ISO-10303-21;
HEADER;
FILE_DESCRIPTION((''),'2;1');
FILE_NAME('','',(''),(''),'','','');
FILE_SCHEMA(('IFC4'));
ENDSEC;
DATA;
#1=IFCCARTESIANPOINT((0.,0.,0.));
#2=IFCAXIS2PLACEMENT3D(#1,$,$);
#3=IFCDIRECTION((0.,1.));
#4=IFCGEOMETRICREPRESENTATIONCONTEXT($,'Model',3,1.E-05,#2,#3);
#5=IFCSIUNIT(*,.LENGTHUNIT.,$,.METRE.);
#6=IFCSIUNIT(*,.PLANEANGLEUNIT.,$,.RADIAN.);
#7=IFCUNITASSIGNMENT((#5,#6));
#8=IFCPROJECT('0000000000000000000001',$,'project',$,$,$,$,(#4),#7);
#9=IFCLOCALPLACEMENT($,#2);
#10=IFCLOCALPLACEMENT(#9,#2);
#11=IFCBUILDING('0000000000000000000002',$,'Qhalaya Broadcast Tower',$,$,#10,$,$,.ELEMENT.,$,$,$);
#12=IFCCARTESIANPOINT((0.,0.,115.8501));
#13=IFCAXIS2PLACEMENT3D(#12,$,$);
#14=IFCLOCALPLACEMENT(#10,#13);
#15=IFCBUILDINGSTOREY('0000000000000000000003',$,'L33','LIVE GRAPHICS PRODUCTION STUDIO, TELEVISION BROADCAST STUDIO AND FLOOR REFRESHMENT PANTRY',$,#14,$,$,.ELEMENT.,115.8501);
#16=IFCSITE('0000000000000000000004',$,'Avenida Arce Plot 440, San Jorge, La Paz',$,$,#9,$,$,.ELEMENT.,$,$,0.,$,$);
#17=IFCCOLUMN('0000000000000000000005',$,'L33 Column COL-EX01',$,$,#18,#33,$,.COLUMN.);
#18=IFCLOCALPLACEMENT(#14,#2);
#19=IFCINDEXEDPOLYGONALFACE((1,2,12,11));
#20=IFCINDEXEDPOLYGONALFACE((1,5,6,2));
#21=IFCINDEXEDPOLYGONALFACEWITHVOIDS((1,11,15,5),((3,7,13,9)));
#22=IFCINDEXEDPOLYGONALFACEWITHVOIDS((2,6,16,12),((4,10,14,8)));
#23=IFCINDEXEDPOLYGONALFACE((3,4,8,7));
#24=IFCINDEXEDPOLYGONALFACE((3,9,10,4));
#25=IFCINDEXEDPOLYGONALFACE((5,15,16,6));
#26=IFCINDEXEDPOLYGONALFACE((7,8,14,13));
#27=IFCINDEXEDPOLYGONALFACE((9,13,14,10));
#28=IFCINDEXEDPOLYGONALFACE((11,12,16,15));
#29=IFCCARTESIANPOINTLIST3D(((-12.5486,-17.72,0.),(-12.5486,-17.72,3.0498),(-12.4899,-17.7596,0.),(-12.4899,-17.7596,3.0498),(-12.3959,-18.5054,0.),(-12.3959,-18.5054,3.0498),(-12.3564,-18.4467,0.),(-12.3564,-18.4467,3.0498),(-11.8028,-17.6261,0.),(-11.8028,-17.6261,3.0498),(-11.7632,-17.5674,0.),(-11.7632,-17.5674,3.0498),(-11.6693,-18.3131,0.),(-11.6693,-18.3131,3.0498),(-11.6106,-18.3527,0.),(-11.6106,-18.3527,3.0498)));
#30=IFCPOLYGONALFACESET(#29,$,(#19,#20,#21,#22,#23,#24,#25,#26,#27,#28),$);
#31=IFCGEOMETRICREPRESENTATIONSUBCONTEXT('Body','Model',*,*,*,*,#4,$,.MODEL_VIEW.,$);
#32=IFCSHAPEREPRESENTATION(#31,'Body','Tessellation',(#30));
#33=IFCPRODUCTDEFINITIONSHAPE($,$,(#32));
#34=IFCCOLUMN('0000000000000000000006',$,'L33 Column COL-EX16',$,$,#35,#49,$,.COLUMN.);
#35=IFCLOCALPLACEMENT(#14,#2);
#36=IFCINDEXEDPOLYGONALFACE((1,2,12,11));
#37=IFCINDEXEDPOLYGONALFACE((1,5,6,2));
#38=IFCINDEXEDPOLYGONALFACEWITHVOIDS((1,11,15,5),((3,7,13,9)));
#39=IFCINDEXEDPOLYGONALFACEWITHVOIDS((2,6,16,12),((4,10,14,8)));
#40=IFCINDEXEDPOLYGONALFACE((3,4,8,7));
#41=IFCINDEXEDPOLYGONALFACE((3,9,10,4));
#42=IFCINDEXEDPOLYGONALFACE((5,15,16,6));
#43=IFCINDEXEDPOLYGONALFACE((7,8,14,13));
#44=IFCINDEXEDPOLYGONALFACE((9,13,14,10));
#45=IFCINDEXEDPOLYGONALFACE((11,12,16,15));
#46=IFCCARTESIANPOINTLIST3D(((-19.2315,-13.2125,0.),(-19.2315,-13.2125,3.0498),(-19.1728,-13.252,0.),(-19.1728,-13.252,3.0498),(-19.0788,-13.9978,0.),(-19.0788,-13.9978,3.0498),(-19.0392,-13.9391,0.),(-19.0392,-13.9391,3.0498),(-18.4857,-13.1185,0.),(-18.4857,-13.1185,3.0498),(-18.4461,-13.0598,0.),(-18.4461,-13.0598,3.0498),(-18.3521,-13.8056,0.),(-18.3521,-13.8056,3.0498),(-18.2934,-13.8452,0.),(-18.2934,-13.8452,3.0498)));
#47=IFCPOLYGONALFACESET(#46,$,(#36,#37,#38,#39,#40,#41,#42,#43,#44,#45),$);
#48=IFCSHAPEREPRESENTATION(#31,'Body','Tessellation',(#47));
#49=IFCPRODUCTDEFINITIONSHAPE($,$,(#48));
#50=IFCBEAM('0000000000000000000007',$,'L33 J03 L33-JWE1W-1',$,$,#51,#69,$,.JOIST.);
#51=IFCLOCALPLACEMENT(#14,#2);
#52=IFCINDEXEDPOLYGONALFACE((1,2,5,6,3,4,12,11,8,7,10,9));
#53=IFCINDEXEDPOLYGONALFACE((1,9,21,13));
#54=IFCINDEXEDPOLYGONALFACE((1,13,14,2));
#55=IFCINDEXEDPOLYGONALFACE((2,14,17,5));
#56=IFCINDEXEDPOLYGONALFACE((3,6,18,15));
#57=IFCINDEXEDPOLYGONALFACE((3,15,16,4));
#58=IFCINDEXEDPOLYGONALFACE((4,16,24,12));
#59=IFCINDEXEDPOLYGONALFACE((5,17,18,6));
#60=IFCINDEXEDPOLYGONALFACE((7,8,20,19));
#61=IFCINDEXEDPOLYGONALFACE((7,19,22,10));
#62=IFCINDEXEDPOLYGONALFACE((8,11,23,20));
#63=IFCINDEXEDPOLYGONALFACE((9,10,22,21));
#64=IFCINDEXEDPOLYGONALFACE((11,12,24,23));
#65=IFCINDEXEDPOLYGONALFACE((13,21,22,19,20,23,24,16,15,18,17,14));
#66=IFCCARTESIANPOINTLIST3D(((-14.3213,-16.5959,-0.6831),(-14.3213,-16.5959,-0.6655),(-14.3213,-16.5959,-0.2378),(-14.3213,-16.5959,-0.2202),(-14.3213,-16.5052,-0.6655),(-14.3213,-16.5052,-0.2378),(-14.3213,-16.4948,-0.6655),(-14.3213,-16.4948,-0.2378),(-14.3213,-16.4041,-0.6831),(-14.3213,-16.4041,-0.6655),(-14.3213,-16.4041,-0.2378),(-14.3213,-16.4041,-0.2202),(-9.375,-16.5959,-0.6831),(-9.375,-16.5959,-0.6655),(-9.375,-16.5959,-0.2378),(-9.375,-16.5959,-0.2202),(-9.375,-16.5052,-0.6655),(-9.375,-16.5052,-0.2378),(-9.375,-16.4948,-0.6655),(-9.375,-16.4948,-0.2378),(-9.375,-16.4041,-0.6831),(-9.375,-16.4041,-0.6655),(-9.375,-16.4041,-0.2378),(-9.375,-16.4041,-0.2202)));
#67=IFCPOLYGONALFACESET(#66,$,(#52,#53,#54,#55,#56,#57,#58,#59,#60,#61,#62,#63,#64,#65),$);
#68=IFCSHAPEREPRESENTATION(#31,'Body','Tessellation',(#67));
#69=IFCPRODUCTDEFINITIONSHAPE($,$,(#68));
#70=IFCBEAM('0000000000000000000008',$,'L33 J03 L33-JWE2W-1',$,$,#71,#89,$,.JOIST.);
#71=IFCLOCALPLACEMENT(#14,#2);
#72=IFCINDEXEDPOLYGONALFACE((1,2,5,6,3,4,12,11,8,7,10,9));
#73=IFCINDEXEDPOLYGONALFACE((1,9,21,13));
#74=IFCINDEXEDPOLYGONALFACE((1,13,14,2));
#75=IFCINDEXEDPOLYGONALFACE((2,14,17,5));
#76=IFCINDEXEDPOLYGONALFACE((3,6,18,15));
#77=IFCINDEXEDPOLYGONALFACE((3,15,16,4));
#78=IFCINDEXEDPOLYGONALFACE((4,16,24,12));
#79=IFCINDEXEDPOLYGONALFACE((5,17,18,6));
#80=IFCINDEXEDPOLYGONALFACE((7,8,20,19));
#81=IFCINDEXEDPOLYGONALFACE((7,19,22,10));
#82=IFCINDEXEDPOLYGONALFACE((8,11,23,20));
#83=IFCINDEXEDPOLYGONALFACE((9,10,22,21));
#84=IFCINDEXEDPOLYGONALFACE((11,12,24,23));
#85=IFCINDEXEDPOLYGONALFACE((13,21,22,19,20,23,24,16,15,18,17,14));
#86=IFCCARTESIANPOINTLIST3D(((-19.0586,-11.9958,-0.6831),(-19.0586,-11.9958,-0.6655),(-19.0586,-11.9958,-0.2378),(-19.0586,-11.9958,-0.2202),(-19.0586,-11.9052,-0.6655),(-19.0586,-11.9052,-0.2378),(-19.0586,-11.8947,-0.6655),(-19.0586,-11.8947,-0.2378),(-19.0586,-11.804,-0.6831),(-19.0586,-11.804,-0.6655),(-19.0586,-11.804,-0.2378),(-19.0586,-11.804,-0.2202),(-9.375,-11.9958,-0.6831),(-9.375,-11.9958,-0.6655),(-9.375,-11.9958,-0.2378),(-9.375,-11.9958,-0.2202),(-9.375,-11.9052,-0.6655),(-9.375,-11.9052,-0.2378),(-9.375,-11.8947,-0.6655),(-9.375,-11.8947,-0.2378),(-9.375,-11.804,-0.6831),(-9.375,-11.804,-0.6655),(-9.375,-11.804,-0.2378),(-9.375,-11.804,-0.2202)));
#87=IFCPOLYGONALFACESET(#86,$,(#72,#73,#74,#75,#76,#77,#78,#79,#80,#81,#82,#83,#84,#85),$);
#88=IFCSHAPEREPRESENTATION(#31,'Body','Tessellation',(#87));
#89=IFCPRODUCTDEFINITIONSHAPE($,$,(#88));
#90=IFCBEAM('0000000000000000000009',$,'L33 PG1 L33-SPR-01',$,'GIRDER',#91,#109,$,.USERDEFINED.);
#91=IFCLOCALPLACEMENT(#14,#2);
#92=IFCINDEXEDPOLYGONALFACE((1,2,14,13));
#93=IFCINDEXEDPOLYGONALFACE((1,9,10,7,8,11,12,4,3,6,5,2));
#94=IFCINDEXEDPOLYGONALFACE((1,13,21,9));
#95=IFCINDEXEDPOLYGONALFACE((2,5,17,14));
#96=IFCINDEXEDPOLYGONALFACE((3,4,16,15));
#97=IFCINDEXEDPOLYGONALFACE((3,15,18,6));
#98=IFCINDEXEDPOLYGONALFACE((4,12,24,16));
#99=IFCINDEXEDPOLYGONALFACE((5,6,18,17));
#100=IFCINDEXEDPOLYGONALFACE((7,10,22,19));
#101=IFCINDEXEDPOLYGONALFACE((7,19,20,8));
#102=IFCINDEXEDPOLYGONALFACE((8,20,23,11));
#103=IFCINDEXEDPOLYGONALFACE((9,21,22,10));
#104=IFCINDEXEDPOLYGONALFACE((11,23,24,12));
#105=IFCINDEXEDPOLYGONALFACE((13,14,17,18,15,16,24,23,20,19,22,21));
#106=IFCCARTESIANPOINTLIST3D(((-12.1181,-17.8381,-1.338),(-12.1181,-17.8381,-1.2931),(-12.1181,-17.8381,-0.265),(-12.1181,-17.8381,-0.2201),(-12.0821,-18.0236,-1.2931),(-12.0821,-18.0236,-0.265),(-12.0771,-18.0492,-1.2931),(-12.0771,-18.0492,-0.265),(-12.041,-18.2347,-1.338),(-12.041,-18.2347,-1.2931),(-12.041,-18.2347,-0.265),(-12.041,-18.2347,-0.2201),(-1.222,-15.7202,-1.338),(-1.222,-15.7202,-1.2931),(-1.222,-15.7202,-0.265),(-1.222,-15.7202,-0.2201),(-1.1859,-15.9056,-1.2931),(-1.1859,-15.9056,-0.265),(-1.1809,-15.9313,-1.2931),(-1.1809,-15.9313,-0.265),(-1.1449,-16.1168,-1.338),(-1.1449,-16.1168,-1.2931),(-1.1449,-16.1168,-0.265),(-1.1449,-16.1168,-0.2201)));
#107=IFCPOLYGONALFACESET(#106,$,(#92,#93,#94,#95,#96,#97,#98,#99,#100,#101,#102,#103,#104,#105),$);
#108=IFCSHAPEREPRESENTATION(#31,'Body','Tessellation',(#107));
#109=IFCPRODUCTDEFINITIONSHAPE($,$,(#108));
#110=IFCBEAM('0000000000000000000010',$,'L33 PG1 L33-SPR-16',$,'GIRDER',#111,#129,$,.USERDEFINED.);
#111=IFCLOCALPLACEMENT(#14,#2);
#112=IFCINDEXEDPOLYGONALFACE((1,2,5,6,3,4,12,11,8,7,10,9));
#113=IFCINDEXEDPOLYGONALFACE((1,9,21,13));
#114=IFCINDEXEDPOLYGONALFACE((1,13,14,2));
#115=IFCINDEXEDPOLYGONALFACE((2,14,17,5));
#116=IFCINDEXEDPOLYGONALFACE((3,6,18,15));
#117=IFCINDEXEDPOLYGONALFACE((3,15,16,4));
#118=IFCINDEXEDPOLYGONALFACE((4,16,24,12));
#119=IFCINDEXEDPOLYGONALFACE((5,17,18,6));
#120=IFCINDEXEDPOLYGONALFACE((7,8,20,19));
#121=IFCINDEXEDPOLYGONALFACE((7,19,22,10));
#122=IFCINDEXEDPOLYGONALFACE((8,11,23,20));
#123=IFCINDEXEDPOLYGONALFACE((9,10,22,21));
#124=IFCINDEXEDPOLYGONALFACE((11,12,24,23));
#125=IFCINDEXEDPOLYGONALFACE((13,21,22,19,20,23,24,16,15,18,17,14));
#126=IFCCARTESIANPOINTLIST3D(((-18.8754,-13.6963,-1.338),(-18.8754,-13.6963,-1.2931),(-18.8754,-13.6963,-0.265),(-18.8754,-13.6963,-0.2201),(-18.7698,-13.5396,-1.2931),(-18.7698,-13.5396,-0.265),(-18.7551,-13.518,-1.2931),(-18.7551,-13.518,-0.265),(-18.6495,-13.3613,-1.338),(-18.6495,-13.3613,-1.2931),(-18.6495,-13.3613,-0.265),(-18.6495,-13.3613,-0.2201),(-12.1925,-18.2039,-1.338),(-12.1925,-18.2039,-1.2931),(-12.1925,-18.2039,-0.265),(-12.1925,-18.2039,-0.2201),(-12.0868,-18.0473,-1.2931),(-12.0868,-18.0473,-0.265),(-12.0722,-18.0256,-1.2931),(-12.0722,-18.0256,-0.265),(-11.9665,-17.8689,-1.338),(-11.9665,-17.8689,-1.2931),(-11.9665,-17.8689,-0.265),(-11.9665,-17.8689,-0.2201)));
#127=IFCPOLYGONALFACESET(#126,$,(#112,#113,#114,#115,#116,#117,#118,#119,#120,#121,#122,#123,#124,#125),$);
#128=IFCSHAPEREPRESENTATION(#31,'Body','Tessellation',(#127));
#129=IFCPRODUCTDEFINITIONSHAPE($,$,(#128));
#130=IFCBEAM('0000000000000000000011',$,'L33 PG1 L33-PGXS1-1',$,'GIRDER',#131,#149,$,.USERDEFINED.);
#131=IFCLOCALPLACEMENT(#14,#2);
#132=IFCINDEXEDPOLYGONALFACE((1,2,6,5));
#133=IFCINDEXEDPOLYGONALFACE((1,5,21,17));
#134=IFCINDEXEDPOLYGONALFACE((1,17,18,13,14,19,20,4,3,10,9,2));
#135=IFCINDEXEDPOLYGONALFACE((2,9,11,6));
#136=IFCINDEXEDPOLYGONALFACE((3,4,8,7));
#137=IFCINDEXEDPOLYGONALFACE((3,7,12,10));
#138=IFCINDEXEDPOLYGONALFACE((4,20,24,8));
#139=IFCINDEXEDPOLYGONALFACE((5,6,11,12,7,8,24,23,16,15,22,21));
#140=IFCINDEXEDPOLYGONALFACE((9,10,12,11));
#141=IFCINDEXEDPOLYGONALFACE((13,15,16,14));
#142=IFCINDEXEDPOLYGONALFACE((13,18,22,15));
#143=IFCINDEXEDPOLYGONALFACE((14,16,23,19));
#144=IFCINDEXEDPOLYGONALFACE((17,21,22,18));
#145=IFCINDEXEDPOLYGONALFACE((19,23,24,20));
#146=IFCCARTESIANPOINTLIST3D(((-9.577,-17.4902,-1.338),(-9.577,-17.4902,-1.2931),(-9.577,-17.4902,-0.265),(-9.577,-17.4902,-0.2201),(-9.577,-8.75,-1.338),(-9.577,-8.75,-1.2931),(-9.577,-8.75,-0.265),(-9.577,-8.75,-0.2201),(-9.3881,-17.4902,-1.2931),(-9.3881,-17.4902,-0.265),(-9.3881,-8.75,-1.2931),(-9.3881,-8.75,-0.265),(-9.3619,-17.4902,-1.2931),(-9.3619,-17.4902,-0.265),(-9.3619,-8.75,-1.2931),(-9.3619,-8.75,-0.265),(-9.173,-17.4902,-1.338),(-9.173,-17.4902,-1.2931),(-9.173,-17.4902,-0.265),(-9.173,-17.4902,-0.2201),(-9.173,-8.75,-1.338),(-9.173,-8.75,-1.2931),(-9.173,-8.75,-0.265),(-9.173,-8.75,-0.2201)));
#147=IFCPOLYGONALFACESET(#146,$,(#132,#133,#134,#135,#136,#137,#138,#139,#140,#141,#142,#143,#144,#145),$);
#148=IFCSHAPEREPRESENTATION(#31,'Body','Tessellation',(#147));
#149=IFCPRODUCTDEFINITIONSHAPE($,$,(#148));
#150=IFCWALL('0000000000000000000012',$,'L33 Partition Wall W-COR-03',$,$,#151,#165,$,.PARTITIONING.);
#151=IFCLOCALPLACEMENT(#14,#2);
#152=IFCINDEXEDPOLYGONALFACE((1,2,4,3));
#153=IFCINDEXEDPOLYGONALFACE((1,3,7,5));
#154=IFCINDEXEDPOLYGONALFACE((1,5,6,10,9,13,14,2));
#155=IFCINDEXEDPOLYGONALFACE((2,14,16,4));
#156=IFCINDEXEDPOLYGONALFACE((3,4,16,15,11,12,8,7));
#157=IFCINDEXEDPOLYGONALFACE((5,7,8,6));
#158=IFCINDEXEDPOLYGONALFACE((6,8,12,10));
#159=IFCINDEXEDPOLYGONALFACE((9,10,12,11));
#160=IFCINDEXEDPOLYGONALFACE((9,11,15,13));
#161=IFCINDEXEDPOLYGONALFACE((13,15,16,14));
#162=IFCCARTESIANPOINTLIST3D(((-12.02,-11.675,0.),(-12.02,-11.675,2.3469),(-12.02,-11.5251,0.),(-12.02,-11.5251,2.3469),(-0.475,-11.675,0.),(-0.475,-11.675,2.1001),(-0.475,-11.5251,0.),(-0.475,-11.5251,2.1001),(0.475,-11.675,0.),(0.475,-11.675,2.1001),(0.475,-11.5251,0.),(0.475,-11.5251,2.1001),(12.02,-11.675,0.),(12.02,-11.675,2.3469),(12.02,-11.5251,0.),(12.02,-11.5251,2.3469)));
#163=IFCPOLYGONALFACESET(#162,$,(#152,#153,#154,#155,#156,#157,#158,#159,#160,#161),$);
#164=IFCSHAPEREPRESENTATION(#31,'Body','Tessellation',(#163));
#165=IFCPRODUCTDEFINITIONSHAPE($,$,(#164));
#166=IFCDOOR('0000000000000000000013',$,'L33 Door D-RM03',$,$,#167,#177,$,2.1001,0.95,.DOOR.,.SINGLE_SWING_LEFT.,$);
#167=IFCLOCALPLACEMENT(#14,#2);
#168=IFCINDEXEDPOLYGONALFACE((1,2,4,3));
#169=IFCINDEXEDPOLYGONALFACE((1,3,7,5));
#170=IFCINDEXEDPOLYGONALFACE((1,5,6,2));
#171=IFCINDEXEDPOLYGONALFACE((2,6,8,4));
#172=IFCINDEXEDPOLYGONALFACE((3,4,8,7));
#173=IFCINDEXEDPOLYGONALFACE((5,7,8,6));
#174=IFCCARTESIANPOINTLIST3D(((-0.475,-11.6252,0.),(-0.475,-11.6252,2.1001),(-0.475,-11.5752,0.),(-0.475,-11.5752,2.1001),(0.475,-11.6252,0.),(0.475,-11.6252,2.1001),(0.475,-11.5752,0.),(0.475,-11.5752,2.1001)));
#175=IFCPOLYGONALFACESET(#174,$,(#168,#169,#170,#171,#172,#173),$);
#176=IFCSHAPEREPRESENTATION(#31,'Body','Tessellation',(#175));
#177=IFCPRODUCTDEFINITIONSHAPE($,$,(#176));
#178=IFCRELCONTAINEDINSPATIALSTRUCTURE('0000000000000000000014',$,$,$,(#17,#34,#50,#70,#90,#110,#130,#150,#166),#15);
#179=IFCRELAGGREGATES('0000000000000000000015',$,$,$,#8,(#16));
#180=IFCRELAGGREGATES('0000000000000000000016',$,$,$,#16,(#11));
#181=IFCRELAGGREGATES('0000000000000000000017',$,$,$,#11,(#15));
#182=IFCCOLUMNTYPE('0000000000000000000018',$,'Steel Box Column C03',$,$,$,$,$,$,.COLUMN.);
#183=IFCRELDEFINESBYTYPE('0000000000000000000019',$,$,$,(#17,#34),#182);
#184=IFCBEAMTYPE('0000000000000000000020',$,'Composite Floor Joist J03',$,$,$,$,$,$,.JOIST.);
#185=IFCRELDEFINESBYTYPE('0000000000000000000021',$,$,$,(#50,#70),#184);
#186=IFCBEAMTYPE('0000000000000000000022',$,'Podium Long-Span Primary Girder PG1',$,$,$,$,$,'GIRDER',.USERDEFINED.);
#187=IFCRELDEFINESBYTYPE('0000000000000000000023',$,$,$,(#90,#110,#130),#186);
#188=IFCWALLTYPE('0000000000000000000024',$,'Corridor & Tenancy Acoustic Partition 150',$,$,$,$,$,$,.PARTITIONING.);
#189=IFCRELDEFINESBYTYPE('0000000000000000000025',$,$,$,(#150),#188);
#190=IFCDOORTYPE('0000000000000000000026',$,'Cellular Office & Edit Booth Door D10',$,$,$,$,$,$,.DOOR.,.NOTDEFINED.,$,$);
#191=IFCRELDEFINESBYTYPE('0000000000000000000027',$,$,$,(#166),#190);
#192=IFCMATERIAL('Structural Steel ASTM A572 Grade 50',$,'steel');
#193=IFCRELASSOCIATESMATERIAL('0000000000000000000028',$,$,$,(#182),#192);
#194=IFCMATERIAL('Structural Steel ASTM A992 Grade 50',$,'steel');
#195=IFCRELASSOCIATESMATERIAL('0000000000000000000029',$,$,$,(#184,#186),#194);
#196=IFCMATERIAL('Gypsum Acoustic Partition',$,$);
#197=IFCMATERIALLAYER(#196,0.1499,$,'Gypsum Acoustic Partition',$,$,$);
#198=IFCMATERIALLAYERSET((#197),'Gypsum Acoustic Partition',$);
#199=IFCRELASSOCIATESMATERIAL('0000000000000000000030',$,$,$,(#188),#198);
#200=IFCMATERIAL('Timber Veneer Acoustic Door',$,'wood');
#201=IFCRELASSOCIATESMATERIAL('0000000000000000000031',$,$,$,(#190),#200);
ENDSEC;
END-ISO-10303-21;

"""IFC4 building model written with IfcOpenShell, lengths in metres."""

from ifc_helpers import new_model, si_unit, direction, frame, frame_2d, origin, origin_2d, place, context, subcontext, project, spatial, rectangle, hollow_rectangle, i_section, extrude, material, layer, layer_set, material_profile, profile_set, type_object, element, fill, save


model = new_model("IFC4")

# Units and contexts
model_context = context("Model", 3, precision=1e-05, world=origin(), true_north=direction((0.0, 1.0)))
body_context = subcontext(model_context, "Body", "Model", "MODEL_VIEW")
ifc_project = project(units=[si_unit("LENGTHUNIT", "METRE"), si_unit("PLANEANGLEUNIT", "RADIAN")], contexts=[model_context])

# Site, building, storey
site_placement = place(None, origin())
site = spatial("IfcSite", under=ifc_project, at=site_placement, Name="Avenida Arce Plot 440, San Jorge, La Paz", CompositionType="ELEMENT", RefElevation=0.0)
building_placement = place(site_placement, origin())
building = spatial("IfcBuilding", under=site, at=building_placement, Name="Qhalaya Broadcast Tower", CompositionType="ELEMENT")
storey_placement = place(building_placement, frame((0.0, 0.0, 115.8501)))
storey = spatial("IfcBuildingStorey", under=building, at=storey_placement, Name="L33", Description="LIVE GRAPHICS PRODUCTION STUDIO, TELEVISION BROADCAST STUDIO AND FLOOR REFRESHMENT PANTRY", CompositionType="ELEMENT", Elevation=115.8501)

# Columns
ifc_material_1 = material(Name="Structural Steel ASTM A572 Grade 50", Category="steel")
ifc_material_profile_1 = material_profile(ifc_material_1, hollow_rectangle(XDim=0.8, YDim=0.8, WallThickness=0.05, at=origin_2d()), Name="BOX 800x800x50")
ifc_profile_set_1 = profile_set([ifc_material_profile_1], Name="Structural Steel ASTM A572 Grade 50")
column_type = type_object("IfcColumnType", Name="Steel Box Column C03", PredefinedType="COLUMN", material=ifc_profile_set_1)
for number, where, z_axis, x_axis, name in (
    (1, (-12.0796, -18.0364, 0.0), (0.0, 0.0, 1.0), (0.981627, 0.190809, 0.0), "L33 Column COL-EX01"),
    (2, (-18.7625, -13.5288, 0.0), (0.0, 0.0, 1.0), (-0.190809, 0.981627, 0.0), "L33 Column COL-EX16"),
):
    element("IfcColumn", number, at=place(storey_placement, frame(where, z_axis=z_axis, x_axis=x_axis)), inside=storey, type_object=column_type, Name=name, PredefinedType="COLUMN", context=body_context, shape_type="SweptSolid", body=[
        extrude(hollow_rectangle(XDim=0.8, YDim=0.8, WallThickness=0.05, at=origin_2d()), origin(), (0.0, 0.0, 1.0), 3.0498),
    ])

# Beams
ifc_material_2 = material(Name="Structural Steel ASTM A992 Grade 50", Category="steel")
ifc_material_profile_2 = material_profile(ifc_material_2, i_section(OverallWidth=0.1919, OverallDepth=0.4629, WebThickness=0.0105, FlangeThickness=0.0176, at=origin_2d()), Name="W18X60")
ifc_profile_set_2 = profile_set([ifc_material_profile_2], Name="Structural Steel ASTM A992 Grade 50")
beam_type_1 = type_object("IfcBeamType", Name="Composite Floor Joist J03", PredefinedType="JOIST", material=ifc_profile_set_2)
beam_1_placement = place(storey_placement, frame((-14.3213, -16.5, -0.4517), z_axis=(1.0, 0.0, 0.0), x_axis=(0.0, 1.0, 0.0)))
element("IfcBeam", 3, at=beam_1_placement, inside=storey, type_object=beam_type_1, Name="L33 J03 L33-JWE1W-1", PredefinedType="JOIST", context=body_context, shape_type="SweptSolid", body=[
    extrude(i_section(OverallWidth=0.1919, OverallDepth=0.4629, WebThickness=0.0105, FlangeThickness=0.0176, at=origin_2d()), origin(), (0.0, 0.0, 1.0), 4.9463),
])
beam_2_placement = place(storey_placement, frame((-19.0586, -11.8999, -0.4517), z_axis=(1.0, 0.0, 0.0), x_axis=(0.0, 1.0, 0.0)))
element("IfcBeam", 4, at=beam_2_placement, inside=storey, type_object=beam_type_1, Name="L33 J03 L33-JWE2W-1", PredefinedType="JOIST", context=body_context, shape_type="SweptSolid", body=[
    extrude(i_section(OverallWidth=0.1919, OverallDepth=0.4629, WebThickness=0.0105, FlangeThickness=0.0176, at=origin_2d()), origin(), (0.0, 0.0, 1.0), 9.6836),
])
ifc_material_profile_3 = material_profile(ifc_material_2, i_section(OverallWidth=0.4041, OverallDepth=1.1179, WebThickness=0.0261, FlangeThickness=0.0449, at=origin_2d()), Name="W44X335")
ifc_profile_set_3 = profile_set([ifc_material_profile_3], Name="Structural Steel ASTM A992 Grade 50")
beam_type_2 = type_object("IfcBeamType", Name="Podium Long-Span Primary Girder PG1", ElementType="GIRDER", PredefinedType="USERDEFINED", material=ifc_profile_set_3)
beam_3_placement = place(storey_placement, frame((-12.0796, -18.0364, -0.7791), z_axis=(0.981629, 0.190801, 0.0), x_axis=(-0.190801, 0.981629, 0.0)))
element("IfcBeam", 5, at=beam_3_placement, inside=storey, type_object=beam_type_2, Name="L33 PG1 L33-SPR-01", ObjectType="GIRDER", PredefinedType="USERDEFINED", context=body_context, shape_type="SweptSolid", body=[
    extrude(i_section(OverallWidth=0.4041, OverallDepth=1.1179, WebThickness=0.0261, FlangeThickness=0.0449, at=origin_2d()), origin(), (0.0, 0.0, 1.0), 11.1001),
])
beam_4_placement = place(storey_placement, frame((-18.7625, -13.5288, -0.7791), z_axis=(0.829042, -0.559186, 0.0), x_axis=(0.559186, 0.829042, 0.0)))
element("IfcBeam", 6, at=beam_4_placement, inside=storey, type_object=beam_type_2, Name="L33 PG1 L33-SPR-16", ObjectType="GIRDER", PredefinedType="USERDEFINED", context=body_context, shape_type="SweptSolid", body=[
    extrude(i_section(OverallWidth=0.4041, OverallDepth=1.1179, WebThickness=0.0261, FlangeThickness=0.0449, at=origin_2d()), origin(), (0.0, 0.0, 1.0), 8.061),
])
beam_5_placement = place(storey_placement, frame((-9.375, -17.4902, -0.7791), z_axis=(0.0, 1.0, 0.0), x_axis=(-1.0, 0.0, 0.0)))
element("IfcBeam", 7, at=beam_5_placement, inside=storey, type_object=beam_type_2, Name="L33 PG1 L33-PGXS1-1", ObjectType="GIRDER", PredefinedType="USERDEFINED", context=body_context, shape_type="SweptSolid", body=[
    extrude(i_section(OverallWidth=0.4041, OverallDepth=1.1179, WebThickness=0.0261, FlangeThickness=0.0449, at=origin_2d()), origin(), (0.0, 0.0, 1.0), 8.7402),
])

# Wall, opening, door
ifc_material_3 = material(Name="Gypsum Acoustic Partition")
ifc_layer_1 = layer(ifc_material_3, 0.1499, Name="Gypsum Acoustic Partition")
ifc_layer_set_1 = layer_set([ifc_layer_1], Name="Gypsum Acoustic Partition")
wall_type_1 = type_object("IfcWallType", Name="Corridor & Tenancy Acoustic Partition 150", PredefinedType="PARTITIONING", material=ifc_layer_set_1)
wall_1_placement = place(storey_placement, frame((-12.02, -11.6001, 0.0), z_axis=(0.0, 0.0, 1.0), x_axis=(1.0, 0.0, 0.0)))
wall_1 = element("IfcWall", 8, at=wall_1_placement, inside=storey, type_object=wall_type_1, Name="L33 Partition Wall W-COR-03", PredefinedType="PARTITIONING", context=body_context, shape_type="SweptSolid", body=[
    extrude(rectangle(XDim=24.04, YDim=0.1499, at=frame_2d((12.02, 0.0))), origin(), (0.0, 0.0, 1.0), 2.3469),
])
opening_1_placement = place(wall_1_placement, frame((11.5449, 0.0, 0.0)))
opening_1 = element("IfcOpeningElement", 9, at=opening_1_placement, cuts=wall_1, PredefinedType="OPENING", context=body_context, shape_type="SweptSolid", body=[
    extrude(rectangle(XDim=0.95, YDim=2.1001, at=frame_2d((0.4751, 1.05))), frame((0.0, 0.0869, 0.0), z_axis=(0.0, -1.0, 0.0), x_axis=(1.0, 0.0, 0.0)), (0.0, 0.0, 1.0), 0.1738),
])
ifc_material_4 = material(Name="Timber Veneer Acoustic Door", Category="wood")
door_type = type_object("IfcDoorType", Name="Cellular Office & Edit Booth Door D10", OperationType="NOTDEFINED", PredefinedType="DOOR", material=ifc_material_4)
door_placement = place(opening_1_placement, origin())
door = element("IfcDoor", 10, at=door_placement, inside=storey, type_object=door_type, Name="L33 Door D-RM03", OperationType="SINGLE_SWING_LEFT", OverallHeight=2.1001, OverallWidth=0.95, PredefinedType="DOOR", context=body_context, shape_type="SweptSolid", body=[
    extrude(rectangle(XDim=0.95, YDim=2.1001, at=frame_2d((0.4751, 1.05))), frame((0.0, 0.0249, 0.0), z_axis=(0.0, -1.0, 0.0), x_axis=(1.0, 0.0, 0.0)), (0.0, 0.0, 1.0), 0.05),
])
fill(opening_1, door)

save(model, "model.ifc")
